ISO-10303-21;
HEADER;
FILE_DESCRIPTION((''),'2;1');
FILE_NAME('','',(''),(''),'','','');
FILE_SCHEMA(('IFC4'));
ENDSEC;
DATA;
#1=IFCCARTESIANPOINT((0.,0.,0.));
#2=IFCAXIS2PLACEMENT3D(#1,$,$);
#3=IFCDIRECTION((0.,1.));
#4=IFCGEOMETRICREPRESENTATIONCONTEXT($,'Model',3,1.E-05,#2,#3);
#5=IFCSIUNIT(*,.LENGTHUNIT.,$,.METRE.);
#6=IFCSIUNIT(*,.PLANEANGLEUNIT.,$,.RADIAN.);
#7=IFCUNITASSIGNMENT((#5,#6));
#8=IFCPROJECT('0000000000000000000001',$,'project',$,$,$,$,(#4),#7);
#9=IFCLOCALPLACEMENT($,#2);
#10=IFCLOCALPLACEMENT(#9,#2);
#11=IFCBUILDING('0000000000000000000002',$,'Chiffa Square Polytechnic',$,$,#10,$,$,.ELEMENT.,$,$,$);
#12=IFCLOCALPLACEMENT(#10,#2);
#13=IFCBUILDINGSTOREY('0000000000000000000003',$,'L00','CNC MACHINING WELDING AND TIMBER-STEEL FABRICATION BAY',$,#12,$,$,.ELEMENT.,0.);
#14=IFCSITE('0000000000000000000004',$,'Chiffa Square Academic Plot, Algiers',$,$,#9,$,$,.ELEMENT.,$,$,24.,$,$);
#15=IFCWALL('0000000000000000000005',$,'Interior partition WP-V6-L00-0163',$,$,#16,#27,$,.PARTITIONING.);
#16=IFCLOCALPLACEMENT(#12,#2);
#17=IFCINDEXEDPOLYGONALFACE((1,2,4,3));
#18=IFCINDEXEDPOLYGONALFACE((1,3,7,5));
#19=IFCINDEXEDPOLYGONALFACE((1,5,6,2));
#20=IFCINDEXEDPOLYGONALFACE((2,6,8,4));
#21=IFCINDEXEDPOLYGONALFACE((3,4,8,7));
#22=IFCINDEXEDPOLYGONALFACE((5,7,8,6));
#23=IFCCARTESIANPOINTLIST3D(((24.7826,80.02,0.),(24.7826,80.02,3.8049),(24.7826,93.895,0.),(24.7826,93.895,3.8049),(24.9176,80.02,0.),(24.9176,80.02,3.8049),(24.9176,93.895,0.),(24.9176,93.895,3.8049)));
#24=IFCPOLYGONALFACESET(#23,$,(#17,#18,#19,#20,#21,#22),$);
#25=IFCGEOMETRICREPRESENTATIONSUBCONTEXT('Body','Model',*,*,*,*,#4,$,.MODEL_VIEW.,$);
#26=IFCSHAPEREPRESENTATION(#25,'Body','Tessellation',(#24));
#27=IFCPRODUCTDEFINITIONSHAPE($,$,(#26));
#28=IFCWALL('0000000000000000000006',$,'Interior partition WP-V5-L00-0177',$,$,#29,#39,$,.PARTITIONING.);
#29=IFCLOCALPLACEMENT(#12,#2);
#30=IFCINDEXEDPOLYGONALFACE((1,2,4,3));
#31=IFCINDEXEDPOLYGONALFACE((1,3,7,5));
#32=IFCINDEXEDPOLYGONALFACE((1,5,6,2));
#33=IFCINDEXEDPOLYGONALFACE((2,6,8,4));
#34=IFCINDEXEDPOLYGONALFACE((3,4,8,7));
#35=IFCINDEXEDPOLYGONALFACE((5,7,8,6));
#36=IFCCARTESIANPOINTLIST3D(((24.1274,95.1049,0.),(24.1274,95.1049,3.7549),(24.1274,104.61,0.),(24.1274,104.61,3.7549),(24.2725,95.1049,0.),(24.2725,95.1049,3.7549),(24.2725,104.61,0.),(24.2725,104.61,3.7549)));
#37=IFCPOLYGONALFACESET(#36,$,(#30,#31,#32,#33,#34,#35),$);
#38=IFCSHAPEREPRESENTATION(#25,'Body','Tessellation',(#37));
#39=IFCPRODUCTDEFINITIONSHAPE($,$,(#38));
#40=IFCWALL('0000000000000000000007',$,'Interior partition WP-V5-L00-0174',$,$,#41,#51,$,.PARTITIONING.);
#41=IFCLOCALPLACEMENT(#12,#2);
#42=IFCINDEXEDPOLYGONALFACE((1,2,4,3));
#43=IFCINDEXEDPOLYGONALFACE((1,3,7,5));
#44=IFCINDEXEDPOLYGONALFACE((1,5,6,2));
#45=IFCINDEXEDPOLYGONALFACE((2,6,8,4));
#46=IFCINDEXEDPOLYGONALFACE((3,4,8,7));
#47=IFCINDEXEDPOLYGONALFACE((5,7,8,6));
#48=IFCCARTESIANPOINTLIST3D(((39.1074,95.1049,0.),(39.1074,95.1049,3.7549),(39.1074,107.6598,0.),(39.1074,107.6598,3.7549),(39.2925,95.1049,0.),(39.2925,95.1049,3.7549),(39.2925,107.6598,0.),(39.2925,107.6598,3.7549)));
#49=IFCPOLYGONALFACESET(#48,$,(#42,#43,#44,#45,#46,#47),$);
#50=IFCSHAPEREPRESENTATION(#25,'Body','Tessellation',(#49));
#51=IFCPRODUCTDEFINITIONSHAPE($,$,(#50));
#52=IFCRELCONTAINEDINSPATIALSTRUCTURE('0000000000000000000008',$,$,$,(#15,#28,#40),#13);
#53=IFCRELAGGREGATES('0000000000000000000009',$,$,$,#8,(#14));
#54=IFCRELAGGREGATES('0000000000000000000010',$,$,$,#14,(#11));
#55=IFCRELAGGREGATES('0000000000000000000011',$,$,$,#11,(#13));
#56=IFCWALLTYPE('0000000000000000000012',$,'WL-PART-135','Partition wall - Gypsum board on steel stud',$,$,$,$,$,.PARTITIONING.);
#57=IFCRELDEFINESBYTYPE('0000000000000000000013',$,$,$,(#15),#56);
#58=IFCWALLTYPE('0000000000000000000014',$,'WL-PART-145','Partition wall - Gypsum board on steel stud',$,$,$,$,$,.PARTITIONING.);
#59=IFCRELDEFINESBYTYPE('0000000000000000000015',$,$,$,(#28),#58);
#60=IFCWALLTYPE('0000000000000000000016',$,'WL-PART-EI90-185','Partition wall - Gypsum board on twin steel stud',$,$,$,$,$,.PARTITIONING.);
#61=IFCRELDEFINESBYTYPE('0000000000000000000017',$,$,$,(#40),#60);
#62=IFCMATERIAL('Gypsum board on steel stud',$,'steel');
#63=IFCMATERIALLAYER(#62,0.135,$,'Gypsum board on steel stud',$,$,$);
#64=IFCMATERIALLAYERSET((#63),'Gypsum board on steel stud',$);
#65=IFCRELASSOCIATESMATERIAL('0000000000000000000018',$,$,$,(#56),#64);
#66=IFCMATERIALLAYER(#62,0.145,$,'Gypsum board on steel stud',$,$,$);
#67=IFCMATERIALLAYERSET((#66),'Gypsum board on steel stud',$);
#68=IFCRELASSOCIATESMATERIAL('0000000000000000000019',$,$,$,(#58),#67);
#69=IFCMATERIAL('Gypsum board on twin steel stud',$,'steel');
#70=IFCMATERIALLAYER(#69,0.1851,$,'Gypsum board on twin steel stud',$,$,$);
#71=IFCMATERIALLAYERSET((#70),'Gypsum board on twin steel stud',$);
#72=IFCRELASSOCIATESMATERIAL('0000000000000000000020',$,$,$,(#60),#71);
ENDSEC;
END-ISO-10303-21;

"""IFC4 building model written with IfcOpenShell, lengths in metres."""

from ifc_helpers import new_model, si_unit, direction, frame, frame_2d, origin, place, context, subcontext, project, spatial, rectangle, extrude, material, layer, layer_set, type_object, element, save


model = new_model("IFC4")

# Units and contexts
model_context = context("Model", 3, precision=1e-05, world=origin(), true_north=direction((0.0, 1.0)))
body_context = subcontext(model_context, "Body", "Model", "MODEL_VIEW")
ifc_project = project(units=[si_unit("LENGTHUNIT", "METRE"), si_unit("PLANEANGLEUNIT", "RADIAN")], contexts=[model_context])

# Site, building, storey
site_placement = place(None, origin())
site = spatial("IfcSite", under=ifc_project, at=site_placement, Name="Chiffa Square Academic Plot, Algiers", CompositionType="ELEMENT", RefElevation=24.0)
building_placement = place(site_placement, origin())
building = spatial("IfcBuilding", under=site, at=building_placement, Name="Chiffa Square Polytechnic", CompositionType="ELEMENT")
storey_placement = place(building_placement, origin())
storey = spatial("IfcBuildingStorey", under=building, at=storey_placement, Name="L00", Description="CNC MACHINING WELDING AND TIMBER-STEEL FABRICATION BAY", CompositionType="ELEMENT", Elevation=0.0)

# Walls
ifc_material_1 = material(Name="Gypsum board on steel stud", Category="steel")
ifc_layer_1 = layer(ifc_material_1, 0.135, Name="Gypsum board on steel stud")
ifc_layer_set_1 = layer_set([ifc_layer_1], Name="Gypsum board on steel stud")
wall_type_1 = type_object("IfcWallType", Name="WL-PART-135", Description="Partition wall - Gypsum board on steel stud", PredefinedType="PARTITIONING", material=ifc_layer_set_1)
wall_1_placement = place(storey_placement, frame((24.8501, 80.02, 0.0), z_axis=(0.0, 0.0, 1.0), x_axis=(0.0, 1.0, 0.0)))
element("IfcWall", 1, at=wall_1_placement, inside=storey, type_object=wall_type_1, Name="Interior partition WP-V6-L00-0163", PredefinedType="PARTITIONING", context=body_context, shape_type="SweptSolid", body=[
    extrude(rectangle(XDim=13.875, YDim=0.135, at=frame_2d((6.9375, 0.0))), origin(), (0.0, 0.0, 1.0), 3.8049),
])
ifc_layer_2 = layer(ifc_material_1, 0.145, Name="Gypsum board on steel stud")
ifc_layer_set_2 = layer_set([ifc_layer_2], Name="Gypsum board on steel stud")
wall_type_2 = type_object("IfcWallType", Name="WL-PART-145", Description="Partition wall - Gypsum board on steel stud", PredefinedType="PARTITIONING", material=ifc_layer_set_2)
wall_2_placement = place(storey_placement, frame((24.2, 95.105, 0.0), z_axis=(0.0, 0.0, 1.0), x_axis=(0.0, 1.0, 0.0)))
element("IfcWall", 2, at=wall_2_placement, inside=storey, type_object=wall_type_2, Name="Interior partition WP-V5-L00-0177", PredefinedType="PARTITIONING", context=body_context, shape_type="SweptSolid", body=[
    extrude(rectangle(XDim=9.5051, YDim=0.145, at=frame_2d((4.7524, 0.0))), origin(), (0.0, 0.0, 1.0), 3.7549),
])
ifc_material_2 = material(Name="Gypsum board on twin steel stud", Category="steel")
ifc_layer_3 = layer(ifc_material_2, 0.1851, Name="Gypsum board on twin steel stud")
ifc_layer_set_3 = layer_set([ifc_layer_3], Name="Gypsum board on twin steel stud")
wall_type_3 = type_object("IfcWallType", Name="WL-PART-EI90-185", Description="Partition wall - Gypsum board on twin steel stud", PredefinedType="PARTITIONING", material=ifc_layer_set_3)
wall_3_placement = place(storey_placement, frame((39.2, 95.105, 0.0), z_axis=(0.0, 0.0, 1.0), x_axis=(0.0, 1.0, 0.0)))
element("IfcWall", 3, at=wall_3_placement, inside=storey, type_object=wall_type_3, Name="Interior partition WP-V5-L00-0174", PredefinedType="PARTITIONING", context=body_context, shape_type="SweptSolid", body=[
    extrude(rectangle(XDim=12.5549, YDim=0.1851, at=frame_2d((6.2773, 0.0))), origin(), (0.0, 0.0, 1.0), 3.7549),
])

save(model, "model.ifc")
